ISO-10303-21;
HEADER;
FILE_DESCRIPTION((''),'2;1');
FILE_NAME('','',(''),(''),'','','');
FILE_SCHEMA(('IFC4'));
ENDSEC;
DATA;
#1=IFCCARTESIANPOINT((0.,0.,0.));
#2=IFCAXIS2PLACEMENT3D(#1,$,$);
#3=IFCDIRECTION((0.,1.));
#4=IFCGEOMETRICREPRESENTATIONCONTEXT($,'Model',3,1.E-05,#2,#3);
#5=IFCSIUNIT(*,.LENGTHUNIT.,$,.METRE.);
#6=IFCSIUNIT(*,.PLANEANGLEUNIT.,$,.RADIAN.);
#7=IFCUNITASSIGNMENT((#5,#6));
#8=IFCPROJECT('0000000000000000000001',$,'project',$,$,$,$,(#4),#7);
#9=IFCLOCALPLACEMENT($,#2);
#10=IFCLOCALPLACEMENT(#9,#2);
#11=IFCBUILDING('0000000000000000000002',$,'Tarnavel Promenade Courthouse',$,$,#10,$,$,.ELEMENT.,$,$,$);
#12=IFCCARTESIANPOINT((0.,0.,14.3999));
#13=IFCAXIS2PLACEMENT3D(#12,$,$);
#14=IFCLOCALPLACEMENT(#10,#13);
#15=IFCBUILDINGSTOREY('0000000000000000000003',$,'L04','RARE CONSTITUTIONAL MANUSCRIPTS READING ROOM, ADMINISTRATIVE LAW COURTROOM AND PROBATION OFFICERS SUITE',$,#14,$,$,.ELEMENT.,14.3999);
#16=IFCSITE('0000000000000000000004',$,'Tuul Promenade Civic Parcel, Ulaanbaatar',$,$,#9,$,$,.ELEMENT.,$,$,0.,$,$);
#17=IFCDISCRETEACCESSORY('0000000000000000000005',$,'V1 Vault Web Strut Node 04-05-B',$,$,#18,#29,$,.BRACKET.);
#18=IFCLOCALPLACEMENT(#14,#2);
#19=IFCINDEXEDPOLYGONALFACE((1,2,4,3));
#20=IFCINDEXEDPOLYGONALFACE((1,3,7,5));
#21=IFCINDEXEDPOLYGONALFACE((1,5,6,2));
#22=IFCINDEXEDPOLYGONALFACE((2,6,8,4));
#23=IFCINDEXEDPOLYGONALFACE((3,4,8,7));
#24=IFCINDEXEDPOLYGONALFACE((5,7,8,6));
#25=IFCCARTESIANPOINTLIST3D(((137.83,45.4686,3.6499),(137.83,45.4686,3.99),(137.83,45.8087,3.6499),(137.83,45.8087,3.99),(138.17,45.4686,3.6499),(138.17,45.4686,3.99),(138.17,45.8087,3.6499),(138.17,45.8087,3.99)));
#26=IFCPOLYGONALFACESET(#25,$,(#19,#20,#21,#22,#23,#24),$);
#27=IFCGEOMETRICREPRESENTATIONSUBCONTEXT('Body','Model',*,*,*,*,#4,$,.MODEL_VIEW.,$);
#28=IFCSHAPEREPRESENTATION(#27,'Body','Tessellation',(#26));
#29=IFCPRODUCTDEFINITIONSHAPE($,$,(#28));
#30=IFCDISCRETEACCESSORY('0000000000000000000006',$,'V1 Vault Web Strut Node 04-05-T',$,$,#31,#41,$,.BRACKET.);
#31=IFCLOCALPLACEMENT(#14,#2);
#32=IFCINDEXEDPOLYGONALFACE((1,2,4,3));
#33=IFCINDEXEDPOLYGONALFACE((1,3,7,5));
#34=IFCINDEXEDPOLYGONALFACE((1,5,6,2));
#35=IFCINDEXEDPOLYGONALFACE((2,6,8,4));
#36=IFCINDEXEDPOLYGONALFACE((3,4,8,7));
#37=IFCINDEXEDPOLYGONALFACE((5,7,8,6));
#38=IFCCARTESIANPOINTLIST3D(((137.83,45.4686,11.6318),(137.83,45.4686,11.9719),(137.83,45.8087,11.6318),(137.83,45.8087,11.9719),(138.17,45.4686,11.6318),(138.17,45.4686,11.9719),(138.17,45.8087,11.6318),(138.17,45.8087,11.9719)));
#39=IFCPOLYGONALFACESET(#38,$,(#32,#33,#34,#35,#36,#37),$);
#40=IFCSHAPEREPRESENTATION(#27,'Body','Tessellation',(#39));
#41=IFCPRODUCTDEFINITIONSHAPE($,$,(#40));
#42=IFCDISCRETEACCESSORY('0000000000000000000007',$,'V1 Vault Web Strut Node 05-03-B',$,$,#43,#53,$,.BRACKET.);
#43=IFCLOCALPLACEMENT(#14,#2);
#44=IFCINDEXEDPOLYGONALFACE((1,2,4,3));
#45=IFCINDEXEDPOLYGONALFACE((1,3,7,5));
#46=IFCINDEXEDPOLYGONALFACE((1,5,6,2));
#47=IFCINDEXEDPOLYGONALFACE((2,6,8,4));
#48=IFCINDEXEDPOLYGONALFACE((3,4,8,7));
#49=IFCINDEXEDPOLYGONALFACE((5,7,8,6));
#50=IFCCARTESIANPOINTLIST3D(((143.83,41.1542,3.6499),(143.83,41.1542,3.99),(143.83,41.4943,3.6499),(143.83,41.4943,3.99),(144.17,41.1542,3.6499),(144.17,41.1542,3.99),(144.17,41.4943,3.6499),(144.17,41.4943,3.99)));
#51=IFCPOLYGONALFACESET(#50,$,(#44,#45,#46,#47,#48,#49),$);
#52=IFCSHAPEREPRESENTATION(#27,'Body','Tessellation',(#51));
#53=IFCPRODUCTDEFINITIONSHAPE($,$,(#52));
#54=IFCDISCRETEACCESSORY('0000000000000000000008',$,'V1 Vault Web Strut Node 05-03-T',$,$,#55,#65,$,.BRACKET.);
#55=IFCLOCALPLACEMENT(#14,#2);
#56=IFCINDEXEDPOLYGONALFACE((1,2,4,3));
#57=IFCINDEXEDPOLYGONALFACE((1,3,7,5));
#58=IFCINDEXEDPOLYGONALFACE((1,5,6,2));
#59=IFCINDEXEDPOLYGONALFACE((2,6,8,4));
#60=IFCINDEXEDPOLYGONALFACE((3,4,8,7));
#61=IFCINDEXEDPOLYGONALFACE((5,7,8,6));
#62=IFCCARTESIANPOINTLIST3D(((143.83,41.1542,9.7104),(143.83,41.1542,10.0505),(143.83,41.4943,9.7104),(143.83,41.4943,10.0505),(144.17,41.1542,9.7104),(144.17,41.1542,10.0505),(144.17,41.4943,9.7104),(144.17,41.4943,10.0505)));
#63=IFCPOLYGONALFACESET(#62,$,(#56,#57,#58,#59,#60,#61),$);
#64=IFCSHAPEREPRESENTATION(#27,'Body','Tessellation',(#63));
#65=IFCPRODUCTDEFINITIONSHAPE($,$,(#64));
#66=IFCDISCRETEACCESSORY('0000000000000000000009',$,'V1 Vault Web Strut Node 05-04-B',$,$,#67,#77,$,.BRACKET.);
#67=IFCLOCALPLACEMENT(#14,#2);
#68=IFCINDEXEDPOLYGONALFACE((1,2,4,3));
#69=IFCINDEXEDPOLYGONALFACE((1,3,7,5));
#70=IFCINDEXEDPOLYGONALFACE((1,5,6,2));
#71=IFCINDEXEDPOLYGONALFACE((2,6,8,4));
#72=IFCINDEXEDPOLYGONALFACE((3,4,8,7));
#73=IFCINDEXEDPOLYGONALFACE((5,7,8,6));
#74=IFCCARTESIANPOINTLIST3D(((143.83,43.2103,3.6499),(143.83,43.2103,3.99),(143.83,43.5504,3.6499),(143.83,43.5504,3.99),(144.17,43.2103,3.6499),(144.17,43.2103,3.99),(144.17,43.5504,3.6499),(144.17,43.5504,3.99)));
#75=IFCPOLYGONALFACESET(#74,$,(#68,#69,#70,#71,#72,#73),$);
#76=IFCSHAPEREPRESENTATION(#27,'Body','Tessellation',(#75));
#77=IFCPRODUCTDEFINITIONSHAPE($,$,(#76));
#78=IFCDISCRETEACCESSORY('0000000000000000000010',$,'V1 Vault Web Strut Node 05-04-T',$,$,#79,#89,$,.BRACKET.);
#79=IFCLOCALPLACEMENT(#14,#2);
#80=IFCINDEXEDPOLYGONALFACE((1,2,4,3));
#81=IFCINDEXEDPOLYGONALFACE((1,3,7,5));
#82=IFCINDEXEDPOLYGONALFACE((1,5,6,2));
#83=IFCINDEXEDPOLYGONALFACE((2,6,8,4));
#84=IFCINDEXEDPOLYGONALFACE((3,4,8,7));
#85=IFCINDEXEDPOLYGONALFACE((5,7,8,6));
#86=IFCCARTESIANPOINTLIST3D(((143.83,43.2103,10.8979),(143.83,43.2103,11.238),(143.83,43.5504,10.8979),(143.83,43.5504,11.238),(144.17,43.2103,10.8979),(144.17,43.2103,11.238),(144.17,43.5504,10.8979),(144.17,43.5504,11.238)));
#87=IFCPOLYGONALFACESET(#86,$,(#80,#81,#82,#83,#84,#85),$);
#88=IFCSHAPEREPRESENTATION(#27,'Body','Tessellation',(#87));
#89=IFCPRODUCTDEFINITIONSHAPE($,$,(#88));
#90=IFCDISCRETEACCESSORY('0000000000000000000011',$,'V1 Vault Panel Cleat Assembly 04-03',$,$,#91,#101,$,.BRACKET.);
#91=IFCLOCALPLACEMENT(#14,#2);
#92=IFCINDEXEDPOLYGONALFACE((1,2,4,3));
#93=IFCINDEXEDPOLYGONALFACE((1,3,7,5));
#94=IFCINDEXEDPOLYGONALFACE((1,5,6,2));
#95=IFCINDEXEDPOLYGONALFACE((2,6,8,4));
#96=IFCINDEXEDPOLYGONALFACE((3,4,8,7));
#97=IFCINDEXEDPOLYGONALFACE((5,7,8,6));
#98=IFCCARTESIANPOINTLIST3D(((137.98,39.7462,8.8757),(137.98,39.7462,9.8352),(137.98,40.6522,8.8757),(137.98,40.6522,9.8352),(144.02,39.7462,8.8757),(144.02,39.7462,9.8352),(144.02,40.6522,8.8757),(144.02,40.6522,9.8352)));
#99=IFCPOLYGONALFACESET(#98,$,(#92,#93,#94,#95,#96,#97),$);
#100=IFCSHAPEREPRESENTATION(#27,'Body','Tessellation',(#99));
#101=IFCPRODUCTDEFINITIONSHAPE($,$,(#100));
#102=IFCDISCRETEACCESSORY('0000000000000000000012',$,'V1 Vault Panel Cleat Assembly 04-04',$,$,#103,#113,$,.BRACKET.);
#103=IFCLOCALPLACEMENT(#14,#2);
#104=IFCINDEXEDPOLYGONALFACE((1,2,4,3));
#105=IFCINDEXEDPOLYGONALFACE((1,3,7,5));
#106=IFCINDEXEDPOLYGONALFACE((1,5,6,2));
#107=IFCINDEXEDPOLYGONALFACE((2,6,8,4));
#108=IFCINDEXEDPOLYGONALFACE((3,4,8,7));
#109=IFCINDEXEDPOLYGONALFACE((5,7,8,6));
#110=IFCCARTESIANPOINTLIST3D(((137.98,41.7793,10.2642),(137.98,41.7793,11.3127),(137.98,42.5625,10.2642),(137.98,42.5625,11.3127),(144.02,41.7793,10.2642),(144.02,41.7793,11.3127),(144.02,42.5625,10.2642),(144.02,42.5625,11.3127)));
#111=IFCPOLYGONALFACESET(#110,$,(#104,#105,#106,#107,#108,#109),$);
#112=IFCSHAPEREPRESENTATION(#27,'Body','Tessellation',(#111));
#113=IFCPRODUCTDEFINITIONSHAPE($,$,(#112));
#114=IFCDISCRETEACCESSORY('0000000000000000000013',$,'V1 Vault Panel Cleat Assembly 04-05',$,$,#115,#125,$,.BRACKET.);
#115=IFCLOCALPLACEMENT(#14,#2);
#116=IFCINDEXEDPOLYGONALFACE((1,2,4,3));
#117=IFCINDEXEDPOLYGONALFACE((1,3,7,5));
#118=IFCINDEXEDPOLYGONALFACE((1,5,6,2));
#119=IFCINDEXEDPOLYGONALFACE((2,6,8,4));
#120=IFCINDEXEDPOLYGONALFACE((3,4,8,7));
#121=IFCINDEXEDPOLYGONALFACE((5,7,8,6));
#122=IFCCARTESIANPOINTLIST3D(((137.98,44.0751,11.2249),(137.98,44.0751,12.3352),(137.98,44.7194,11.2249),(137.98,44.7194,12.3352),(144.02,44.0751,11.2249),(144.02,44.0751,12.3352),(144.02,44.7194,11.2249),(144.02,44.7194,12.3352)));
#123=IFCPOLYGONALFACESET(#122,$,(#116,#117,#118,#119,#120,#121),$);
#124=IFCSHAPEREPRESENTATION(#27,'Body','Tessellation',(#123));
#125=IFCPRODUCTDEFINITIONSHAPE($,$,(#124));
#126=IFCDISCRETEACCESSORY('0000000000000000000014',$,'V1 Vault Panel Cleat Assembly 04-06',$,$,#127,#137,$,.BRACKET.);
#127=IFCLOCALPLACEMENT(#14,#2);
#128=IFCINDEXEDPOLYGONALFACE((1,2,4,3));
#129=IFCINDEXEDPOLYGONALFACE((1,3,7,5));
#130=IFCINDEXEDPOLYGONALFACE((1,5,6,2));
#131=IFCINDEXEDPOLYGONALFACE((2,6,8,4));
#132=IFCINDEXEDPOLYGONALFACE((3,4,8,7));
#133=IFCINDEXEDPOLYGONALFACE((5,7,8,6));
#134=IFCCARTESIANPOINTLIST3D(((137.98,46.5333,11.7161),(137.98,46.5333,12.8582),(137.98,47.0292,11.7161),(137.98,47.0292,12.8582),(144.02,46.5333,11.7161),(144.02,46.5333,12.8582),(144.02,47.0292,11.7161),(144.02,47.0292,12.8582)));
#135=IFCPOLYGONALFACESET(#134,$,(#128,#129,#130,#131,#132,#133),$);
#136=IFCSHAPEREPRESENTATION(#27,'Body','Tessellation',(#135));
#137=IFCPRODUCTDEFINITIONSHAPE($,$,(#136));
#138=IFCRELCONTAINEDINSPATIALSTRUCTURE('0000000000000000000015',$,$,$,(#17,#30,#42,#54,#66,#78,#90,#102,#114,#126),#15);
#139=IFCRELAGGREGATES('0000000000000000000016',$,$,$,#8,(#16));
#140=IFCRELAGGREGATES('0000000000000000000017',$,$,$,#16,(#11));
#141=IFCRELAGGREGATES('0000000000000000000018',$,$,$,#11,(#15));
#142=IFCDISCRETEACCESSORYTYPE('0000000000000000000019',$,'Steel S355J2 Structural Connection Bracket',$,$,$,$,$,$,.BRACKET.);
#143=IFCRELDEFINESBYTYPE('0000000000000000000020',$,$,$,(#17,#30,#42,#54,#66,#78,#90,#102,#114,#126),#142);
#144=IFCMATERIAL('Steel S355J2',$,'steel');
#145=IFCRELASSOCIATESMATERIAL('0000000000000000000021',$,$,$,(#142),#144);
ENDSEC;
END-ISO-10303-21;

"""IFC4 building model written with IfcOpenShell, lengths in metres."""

from ifc_helpers import new_model, si_unit, direction, frame, origin, origin_2d, place, context, subcontext, project, spatial, rectangle, extrude, material, type_object, element, save


model = new_model("IFC4")

# Units and contexts
model_context = context("Model", 3, precision=1e-05, world=origin(), true_north=direction((0.0, 1.0)))
body_context = subcontext(model_context, "Body", "Model", "MODEL_VIEW")
ifc_project = project(units=[si_unit("LENGTHUNIT", "METRE"), si_unit("PLANEANGLEUNIT", "RADIAN")], contexts=[model_context])

# Site, building, storey
site_placement = place(None, origin())
site = spatial("IfcSite", under=ifc_project, at=site_placement, Name="Tuul Promenade Civic Parcel, Ulaanbaatar", CompositionType="ELEMENT", RefElevation=0.0)
building_placement = place(site_placement, origin())
building = spatial("IfcBuilding", under=site, at=building_placement, Name="Tarnavel Promenade Courthouse", CompositionType="ELEMENT")
storey_placement = place(building_placement, frame((0.0, 0.0, 14.3999)))
storey = spatial("IfcBuildingStorey", under=building, at=storey_placement, Name="L04", Description="RARE CONSTITUTIONAL MANUSCRIPTS READING ROOM, ADMINISTRATIVE LAW COURTROOM AND PROBATION OFFICERS SUITE", CompositionType="ELEMENT", Elevation=14.3999)

# Shared definitions
ifc_material_1 = material(Name="Steel S355J2", Category="steel")

# Discrete accessories
discrete_accessory_type = type_object("IfcDiscreteAccessoryType", Name="Steel S355J2 Structural Connection Bracket", PredefinedType="BRACKET", material=ifc_material_1)
for number, where, z_axis, x_axis, name in (
    (1, (138.0, 45.6387, 3.6499), (0.0, 0.0, 1.0), (1.0, 0.0, 0.0), "V1 Vault Web Strut Node 04-05-B"),
    (2, (138.0, 45.6387, 11.6318), (0.0, 0.0, 1.0), (1.0, 0.0, 0.0), "V1 Vault Web Strut Node 04-05-T"),
    (3, (144.0, 41.3242, 3.6499), (0.0, 0.0, 1.0), (1.0, 0.0, 0.0), "V1 Vault Web Strut Node 05-03-B"),
    (4, (144.0, 41.3242, 9.7104), (0.0, 0.0, 1.0), (1.0, 0.0, 0.0), "V1 Vault Web Strut Node 05-03-T"),
    (5, (144.0, 43.3804, 3.6499), (0.0, 0.0, 1.0), (1.0, 0.0, 0.0), "V1 Vault Web Strut Node 05-04-B"),
    (6, (144.0, 43.3804, 10.8979), (0.0, 0.0, 1.0), (1.0, 0.0, 0.0), "V1 Vault Web Strut Node 05-04-T"),
):
    element("IfcDiscreteAccessory", number, at=place(storey_placement, frame(where, z_axis=z_axis, x_axis=x_axis)), inside=storey, type_object=discrete_accessory_type, Name=name, PredefinedType="BRACKET", context=body_context, shape_type="SweptSolid", body=[
        extrude(rectangle(XDim=0.3401, YDim=0.3401, at=origin_2d()), origin(), (0.0, 0.0, 1.0), 0.3401),
    ])
discrete_accessory_1_placement = place(storey_placement, frame((141.0, 40.1992, 8.8757), z_axis=(0.0, 0.0, 1.0), x_axis=(1.0, 0.0, 0.0)))
element("IfcDiscreteAccessory", 7, at=discrete_accessory_1_placement, inside=storey, type_object=discrete_accessory_type, Name="V1 Vault Panel Cleat Assembly 04-03", PredefinedType="BRACKET", context=body_context, shape_type="SweptSolid", body=[
    extrude(rectangle(XDim=6.04, YDim=0.906, at=origin_2d()), origin(), (0.0, 0.0, 1.0), 0.9595),
])
discrete_accessory_2_placement = place(storey_placement, frame((141.0, 42.1709, 10.2642), z_axis=(0.0, 0.0, 1.0), x_axis=(1.0, 0.0, 0.0)))
element("IfcDiscreteAccessory", 8, at=discrete_accessory_2_placement, inside=storey, type_object=discrete_accessory_type, Name="V1 Vault Panel Cleat Assembly 04-04", PredefinedType="BRACKET", context=body_context, shape_type="SweptSolid", body=[
    extrude(rectangle(XDim=6.04, YDim=0.7832, at=origin_2d()), origin(), (0.0, 0.0, 1.0), 1.0486),
])
discrete_accessory_3_placement = place(storey_placement, frame((141.0, 44.3972, 11.2249), z_axis=(0.0, 0.0, 1.0), x_axis=(1.0, 0.0, 0.0)))
element("IfcDiscreteAccessory", 9, at=discrete_accessory_3_placement, inside=storey, type_object=discrete_accessory_type, Name="V1 Vault Panel Cleat Assembly 04-05", PredefinedType="BRACKET", context=body_context, shape_type="SweptSolid", body=[
    extrude(rectangle(XDim=6.04, YDim=0.6443, at=origin_2d()), origin(), (0.0, 0.0, 1.0), 1.1104),
])
discrete_accessory_4_placement = place(storey_placement, frame((141.0, 46.7812, 11.7161), z_axis=(0.0, 0.0, 1.0), x_axis=(1.0, 0.0, 0.0)))
element("IfcDiscreteAccessory", 10, at=discrete_accessory_4_placement, inside=storey, type_object=discrete_accessory_type, Name="V1 Vault Panel Cleat Assembly 04-06", PredefinedType="BRACKET", context=body_context, shape_type="SweptSolid", body=[
    extrude(rectangle(XDim=6.04, YDim=0.4958, at=origin_2d()), origin(), (0.0, 0.0, 1.0), 1.1421),
])

save(model, "model.ifc")
